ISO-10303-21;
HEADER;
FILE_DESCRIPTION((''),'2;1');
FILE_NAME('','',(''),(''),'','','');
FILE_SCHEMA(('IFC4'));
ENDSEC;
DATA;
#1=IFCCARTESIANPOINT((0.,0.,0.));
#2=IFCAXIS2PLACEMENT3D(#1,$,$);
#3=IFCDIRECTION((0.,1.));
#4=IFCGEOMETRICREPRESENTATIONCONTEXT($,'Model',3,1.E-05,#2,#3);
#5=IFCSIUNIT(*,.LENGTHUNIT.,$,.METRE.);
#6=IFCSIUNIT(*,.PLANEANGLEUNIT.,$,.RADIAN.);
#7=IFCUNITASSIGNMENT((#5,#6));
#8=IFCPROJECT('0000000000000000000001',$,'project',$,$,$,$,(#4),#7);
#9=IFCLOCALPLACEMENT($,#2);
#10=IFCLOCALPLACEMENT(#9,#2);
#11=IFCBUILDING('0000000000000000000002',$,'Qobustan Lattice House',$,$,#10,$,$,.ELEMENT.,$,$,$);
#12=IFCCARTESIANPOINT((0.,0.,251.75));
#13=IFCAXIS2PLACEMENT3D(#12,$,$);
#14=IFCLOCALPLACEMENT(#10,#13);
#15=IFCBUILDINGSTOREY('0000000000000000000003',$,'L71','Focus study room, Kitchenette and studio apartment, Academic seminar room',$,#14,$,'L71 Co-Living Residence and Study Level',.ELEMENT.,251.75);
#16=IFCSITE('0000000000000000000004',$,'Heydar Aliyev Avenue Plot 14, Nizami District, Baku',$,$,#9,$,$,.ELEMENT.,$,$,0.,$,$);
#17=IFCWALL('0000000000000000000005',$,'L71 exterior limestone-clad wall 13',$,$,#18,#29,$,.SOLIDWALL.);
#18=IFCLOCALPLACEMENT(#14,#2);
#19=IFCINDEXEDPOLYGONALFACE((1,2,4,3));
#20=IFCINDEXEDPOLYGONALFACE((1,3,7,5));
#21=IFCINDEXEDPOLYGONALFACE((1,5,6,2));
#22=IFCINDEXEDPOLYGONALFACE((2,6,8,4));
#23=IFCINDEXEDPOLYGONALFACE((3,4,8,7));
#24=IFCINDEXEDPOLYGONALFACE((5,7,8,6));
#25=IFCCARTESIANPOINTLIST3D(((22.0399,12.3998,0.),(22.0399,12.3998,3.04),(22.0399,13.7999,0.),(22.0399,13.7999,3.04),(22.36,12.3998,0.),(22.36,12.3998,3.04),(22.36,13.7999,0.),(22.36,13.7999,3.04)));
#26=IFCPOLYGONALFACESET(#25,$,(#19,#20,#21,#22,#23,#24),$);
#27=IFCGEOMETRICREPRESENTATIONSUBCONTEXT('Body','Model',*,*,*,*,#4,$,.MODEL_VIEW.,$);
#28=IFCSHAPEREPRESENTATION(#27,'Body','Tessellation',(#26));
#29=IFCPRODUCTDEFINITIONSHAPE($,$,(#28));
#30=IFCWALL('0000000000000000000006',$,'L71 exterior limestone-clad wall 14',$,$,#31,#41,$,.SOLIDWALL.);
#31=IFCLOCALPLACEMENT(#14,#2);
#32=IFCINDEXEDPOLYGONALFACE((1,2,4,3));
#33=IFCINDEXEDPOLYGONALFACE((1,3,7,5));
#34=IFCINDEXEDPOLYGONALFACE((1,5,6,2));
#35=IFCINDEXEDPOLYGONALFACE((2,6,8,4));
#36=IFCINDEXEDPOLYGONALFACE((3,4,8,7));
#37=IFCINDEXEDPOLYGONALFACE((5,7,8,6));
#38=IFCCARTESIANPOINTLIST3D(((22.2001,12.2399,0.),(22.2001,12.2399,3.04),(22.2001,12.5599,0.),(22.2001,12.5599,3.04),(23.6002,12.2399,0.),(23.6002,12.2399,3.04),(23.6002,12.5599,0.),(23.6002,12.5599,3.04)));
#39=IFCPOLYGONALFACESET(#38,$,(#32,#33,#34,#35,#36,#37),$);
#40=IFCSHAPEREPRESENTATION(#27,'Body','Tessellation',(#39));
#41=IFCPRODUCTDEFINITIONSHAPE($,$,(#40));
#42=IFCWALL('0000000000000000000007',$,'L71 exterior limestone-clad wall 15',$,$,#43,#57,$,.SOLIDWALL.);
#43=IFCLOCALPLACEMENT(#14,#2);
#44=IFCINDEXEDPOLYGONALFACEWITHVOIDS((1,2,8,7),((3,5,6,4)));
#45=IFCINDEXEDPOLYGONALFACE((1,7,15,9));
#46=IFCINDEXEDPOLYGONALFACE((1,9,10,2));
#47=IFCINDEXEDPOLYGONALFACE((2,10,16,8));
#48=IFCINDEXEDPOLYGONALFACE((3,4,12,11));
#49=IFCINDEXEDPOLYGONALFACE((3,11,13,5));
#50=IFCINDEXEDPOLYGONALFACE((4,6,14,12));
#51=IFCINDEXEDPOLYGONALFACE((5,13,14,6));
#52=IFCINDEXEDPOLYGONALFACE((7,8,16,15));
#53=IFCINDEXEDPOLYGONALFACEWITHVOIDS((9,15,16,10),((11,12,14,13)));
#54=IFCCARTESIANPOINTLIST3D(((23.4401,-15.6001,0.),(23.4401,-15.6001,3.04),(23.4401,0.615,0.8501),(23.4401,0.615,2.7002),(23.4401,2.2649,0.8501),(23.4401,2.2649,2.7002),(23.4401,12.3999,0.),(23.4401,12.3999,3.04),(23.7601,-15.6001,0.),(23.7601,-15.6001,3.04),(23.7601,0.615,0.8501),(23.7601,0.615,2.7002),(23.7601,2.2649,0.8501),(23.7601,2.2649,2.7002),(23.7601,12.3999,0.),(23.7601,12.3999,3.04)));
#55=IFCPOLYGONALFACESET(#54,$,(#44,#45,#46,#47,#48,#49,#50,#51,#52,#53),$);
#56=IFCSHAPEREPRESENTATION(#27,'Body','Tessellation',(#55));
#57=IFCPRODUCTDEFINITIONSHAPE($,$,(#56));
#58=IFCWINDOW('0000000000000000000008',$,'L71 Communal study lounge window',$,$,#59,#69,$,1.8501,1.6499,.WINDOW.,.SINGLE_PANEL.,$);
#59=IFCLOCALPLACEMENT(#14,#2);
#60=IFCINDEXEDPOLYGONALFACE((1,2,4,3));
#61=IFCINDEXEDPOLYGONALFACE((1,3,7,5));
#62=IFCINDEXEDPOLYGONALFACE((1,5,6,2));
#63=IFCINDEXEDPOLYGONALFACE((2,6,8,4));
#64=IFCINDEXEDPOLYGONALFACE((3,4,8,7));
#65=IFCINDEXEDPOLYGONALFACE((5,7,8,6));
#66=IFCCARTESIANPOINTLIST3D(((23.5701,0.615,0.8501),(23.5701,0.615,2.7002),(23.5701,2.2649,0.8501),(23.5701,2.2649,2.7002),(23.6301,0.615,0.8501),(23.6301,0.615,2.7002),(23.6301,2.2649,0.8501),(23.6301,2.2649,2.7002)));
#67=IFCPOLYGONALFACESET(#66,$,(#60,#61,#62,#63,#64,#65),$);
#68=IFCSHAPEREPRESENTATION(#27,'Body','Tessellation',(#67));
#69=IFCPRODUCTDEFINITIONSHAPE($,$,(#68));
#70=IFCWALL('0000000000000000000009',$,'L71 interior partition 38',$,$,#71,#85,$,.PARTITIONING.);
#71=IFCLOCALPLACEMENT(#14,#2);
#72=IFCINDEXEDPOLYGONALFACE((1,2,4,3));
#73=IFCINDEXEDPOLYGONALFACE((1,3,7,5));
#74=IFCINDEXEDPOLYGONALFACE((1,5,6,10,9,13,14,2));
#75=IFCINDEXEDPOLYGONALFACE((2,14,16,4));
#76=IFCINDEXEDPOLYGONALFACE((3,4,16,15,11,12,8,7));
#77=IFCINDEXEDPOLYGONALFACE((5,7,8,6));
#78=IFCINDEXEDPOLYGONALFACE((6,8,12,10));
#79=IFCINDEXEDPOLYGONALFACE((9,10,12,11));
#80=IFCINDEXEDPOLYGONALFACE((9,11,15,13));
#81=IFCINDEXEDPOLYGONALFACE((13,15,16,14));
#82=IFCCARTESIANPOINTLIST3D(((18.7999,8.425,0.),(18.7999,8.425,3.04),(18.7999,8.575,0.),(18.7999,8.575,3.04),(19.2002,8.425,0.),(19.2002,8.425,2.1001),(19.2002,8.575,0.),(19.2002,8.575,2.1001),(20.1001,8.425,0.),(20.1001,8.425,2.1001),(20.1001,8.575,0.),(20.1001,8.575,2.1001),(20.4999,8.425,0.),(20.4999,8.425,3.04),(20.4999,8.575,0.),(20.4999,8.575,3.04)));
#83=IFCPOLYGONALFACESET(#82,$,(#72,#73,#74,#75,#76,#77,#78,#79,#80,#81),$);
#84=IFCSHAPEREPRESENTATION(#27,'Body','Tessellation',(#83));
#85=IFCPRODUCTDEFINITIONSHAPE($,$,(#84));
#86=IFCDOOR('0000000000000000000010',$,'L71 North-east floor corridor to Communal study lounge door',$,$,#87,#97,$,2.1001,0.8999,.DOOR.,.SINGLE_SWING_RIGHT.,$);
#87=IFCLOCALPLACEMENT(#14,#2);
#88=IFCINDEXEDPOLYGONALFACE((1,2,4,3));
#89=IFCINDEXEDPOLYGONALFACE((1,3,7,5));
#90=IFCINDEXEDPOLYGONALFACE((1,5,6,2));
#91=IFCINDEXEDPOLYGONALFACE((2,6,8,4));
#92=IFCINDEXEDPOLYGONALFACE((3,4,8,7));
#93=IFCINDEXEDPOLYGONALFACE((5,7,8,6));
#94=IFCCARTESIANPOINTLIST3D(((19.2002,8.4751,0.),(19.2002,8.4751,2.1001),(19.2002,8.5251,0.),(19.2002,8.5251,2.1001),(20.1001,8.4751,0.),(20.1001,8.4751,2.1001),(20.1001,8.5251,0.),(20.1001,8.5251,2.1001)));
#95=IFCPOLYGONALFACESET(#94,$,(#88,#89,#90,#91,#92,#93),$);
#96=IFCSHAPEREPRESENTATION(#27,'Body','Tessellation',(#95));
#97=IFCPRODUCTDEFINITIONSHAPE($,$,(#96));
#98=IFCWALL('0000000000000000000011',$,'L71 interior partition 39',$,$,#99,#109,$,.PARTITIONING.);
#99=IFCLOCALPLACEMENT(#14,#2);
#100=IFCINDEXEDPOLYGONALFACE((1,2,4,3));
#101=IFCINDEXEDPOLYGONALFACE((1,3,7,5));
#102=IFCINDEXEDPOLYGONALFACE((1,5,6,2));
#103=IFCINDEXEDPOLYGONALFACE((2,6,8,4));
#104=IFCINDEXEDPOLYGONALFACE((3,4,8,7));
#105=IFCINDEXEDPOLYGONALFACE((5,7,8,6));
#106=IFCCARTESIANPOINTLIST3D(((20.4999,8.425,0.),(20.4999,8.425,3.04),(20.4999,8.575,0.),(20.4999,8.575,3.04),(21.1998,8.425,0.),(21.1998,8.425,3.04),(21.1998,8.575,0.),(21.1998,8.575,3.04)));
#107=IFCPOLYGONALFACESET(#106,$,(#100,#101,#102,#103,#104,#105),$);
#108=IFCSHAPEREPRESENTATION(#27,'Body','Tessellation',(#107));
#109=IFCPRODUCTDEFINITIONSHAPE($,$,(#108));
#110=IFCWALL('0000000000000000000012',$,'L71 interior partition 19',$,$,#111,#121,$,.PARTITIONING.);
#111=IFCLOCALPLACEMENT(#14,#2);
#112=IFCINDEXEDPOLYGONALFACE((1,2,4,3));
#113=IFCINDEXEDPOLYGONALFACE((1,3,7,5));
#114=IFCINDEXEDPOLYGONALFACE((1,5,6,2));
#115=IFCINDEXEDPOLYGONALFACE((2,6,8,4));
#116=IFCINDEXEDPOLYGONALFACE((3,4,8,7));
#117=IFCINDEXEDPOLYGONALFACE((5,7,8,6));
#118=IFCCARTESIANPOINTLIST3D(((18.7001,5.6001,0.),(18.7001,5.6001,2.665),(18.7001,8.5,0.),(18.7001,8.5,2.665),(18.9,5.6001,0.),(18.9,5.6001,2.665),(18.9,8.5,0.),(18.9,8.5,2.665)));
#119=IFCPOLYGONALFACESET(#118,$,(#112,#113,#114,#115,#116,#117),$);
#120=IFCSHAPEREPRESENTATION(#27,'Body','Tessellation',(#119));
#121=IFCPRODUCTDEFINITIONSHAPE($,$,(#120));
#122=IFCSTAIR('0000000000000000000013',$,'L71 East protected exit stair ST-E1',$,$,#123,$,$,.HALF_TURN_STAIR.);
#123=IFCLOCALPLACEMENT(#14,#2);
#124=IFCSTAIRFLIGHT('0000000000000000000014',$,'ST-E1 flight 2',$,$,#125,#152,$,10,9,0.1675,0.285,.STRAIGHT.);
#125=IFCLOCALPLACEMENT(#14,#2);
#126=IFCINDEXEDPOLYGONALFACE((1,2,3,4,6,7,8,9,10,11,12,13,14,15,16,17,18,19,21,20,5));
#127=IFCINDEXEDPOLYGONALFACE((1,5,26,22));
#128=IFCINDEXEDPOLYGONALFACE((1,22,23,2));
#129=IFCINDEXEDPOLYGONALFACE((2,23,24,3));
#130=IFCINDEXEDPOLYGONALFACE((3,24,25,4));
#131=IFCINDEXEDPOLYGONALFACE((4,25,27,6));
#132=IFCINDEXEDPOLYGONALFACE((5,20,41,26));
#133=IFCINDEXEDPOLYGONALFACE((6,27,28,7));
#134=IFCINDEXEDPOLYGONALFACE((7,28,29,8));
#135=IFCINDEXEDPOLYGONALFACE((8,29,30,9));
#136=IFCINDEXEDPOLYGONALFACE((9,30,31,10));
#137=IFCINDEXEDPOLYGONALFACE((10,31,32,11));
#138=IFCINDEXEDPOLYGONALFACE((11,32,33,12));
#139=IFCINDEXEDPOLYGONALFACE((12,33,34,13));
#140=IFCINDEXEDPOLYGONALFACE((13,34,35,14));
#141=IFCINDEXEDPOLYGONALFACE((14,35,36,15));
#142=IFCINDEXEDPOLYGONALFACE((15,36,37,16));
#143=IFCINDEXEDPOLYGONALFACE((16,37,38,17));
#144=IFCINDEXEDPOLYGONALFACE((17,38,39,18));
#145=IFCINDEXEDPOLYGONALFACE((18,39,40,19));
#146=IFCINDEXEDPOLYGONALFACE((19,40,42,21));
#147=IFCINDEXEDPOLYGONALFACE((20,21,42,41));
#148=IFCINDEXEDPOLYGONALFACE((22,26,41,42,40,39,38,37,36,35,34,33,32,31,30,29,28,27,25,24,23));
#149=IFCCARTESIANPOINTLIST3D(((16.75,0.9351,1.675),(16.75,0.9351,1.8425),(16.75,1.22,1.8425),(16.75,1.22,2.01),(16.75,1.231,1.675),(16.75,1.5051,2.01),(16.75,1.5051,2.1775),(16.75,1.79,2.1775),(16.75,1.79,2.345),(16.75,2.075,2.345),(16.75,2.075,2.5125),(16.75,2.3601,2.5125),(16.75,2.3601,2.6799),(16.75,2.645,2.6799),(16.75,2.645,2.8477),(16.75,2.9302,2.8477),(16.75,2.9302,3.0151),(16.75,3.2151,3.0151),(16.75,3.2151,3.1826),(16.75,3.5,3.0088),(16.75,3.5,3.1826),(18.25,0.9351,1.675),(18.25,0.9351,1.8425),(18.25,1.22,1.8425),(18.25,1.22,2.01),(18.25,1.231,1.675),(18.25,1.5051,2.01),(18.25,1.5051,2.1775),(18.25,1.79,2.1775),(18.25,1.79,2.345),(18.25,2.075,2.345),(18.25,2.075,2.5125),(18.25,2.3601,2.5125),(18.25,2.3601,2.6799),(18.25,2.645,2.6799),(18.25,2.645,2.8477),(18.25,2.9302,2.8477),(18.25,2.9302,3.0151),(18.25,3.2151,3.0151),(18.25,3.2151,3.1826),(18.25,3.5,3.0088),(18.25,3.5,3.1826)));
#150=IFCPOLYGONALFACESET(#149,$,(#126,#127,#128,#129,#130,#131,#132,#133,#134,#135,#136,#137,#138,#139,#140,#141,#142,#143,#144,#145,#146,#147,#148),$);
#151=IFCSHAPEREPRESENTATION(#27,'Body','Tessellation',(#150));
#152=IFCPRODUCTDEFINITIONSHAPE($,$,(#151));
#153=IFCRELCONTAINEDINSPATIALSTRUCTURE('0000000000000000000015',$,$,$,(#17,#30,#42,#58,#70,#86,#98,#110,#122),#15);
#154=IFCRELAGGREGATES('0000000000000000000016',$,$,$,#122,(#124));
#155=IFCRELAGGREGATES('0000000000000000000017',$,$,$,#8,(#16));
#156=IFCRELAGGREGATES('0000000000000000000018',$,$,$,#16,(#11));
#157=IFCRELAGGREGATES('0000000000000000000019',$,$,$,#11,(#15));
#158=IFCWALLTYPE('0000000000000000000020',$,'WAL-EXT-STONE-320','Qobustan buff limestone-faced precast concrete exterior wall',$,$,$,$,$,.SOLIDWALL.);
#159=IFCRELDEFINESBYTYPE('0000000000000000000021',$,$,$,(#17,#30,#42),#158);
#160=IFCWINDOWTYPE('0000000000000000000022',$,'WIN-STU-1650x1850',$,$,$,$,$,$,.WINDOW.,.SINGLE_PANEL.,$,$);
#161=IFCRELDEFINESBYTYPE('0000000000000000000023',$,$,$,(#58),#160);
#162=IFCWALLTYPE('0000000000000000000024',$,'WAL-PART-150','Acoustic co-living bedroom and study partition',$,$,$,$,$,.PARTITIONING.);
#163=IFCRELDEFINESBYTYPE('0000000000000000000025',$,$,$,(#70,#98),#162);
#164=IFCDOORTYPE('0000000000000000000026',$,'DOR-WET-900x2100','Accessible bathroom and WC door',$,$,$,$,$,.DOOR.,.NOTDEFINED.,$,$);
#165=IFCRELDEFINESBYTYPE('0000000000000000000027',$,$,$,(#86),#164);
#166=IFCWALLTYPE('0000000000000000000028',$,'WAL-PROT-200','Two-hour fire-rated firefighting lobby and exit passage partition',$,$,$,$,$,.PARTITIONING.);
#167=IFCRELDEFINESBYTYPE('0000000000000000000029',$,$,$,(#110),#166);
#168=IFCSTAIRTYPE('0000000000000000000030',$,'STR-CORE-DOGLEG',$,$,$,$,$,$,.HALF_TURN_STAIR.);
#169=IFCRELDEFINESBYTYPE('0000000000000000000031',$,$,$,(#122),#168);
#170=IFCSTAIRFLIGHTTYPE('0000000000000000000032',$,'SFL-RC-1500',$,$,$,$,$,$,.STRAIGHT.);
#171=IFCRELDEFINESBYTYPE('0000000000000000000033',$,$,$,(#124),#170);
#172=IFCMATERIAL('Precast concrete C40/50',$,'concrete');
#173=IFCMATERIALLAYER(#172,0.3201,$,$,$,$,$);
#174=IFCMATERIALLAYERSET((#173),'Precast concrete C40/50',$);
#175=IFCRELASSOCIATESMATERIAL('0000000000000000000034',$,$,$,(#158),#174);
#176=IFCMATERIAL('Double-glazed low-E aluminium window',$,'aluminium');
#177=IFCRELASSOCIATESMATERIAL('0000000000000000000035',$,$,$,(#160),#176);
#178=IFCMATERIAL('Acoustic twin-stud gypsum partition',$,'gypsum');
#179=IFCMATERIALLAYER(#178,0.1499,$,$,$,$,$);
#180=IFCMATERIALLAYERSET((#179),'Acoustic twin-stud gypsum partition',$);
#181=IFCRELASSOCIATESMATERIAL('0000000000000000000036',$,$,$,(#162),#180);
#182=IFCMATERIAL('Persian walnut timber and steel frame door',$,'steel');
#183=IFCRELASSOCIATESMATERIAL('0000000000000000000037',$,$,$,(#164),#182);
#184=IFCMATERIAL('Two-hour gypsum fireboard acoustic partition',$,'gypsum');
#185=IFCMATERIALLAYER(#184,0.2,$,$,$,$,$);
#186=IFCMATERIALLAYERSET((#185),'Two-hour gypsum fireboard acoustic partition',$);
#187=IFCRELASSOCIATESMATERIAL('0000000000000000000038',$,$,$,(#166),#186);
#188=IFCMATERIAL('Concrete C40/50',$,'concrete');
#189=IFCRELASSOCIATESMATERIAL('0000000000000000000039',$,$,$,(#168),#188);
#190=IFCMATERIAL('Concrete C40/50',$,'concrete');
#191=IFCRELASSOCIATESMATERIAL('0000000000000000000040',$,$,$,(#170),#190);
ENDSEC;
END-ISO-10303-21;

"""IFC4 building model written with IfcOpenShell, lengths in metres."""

from ifc_helpers import new_model, si_unit, direction, frame, frame_2d, origin, place, context, subcontext, project, spatial, polyline, rectangle, outline, extrude, material, layer, layer_set, type_object, element, fill, aggregate, save


model = new_model("IFC4")

# Units and contexts
model_context = context("Model", 3, precision=1e-05, world=origin(), true_north=direction((0.0, 1.0)))
body_context = subcontext(model_context, "Body", "Model", "MODEL_VIEW")
ifc_project = project(units=[si_unit("LENGTHUNIT", "METRE"), si_unit("PLANEANGLEUNIT", "RADIAN")], contexts=[model_context])

# Site, building, storey
site_placement = place(None, origin())
site = spatial("IfcSite", under=ifc_project, at=site_placement, Name="Heydar Aliyev Avenue Plot 14, Nizami District, Baku", CompositionType="ELEMENT", RefElevation=0.0)
building_placement = place(site_placement, origin())
building = spatial("IfcBuilding", under=site, at=building_placement, Name="Qobustan Lattice House", CompositionType="ELEMENT")
storey_placement = place(building_placement, frame((0.0, 0.0, 251.75)))
storey = spatial("IfcBuildingStorey", under=building, at=storey_placement, Name="L71", Description="Focus study room, Kitchenette and studio apartment, Academic seminar room", LongName="L71 Co-Living Residence and Study Level", CompositionType="ELEMENT", Elevation=251.75)

# Walls
ifc_material_1 = material(Name="Precast concrete C40/50", Category="concrete")
ifc_layer_1 = layer(ifc_material_1, 0.3201)
ifc_layer_set_1 = layer_set([ifc_layer_1], Name="Precast concrete C40/50")
wall_type_1 = type_object("IfcWallType", Name="WAL-EXT-STONE-320", Description="Qobustan buff limestone-faced precast concrete exterior wall", PredefinedType="SOLIDWALL", material=ifc_layer_set_1)
for number, where, z_axis, x_axis, name in (
    (1, (22.2, 13.8, 0.0), (0.0, 0.0, 1.0), (0.0, -1.0, 0.0), "L71 exterior limestone-clad wall 13"),
    (2, (22.2, 12.3999, 0.0), (0.0, 0.0, 1.0), (1.0, 0.0, 0.0), "L71 exterior limestone-clad wall 14"),
):
    element("IfcWall", number, at=place(storey_placement, frame(where, z_axis=z_axis, x_axis=x_axis)), inside=storey, type_object=wall_type_1, Name=name, PredefinedType="SOLIDWALL", context=body_context, shape_type="SweptSolid", body=[
        extrude(rectangle(XDim=1.4001, YDim=0.3201, at=frame_2d((0.7002, 0.0))), origin(), (0.0, 0.0, 1.0), 3.04),
    ])

# Wall, opening, window
wall_1_placement = place(storey_placement, frame((23.6001, 12.3999, 0.0), z_axis=(0.0, 0.0, 1.0), x_axis=(0.0, -1.0, 0.0)))
wall_1 = element("IfcWall", 3, at=wall_1_placement, inside=storey, type_object=wall_type_1, Name="L71 exterior limestone-clad wall 15", PredefinedType="SOLIDWALL", context=body_context, shape_type="SweptSolid", body=[
    extrude(rectangle(XDim=28.0, YDim=0.3201, at=frame_2d((14.0, 0.0))), origin(), (0.0, 0.0, 1.0), 3.04),
])
opening_1_placement = place(wall_1_placement, frame((10.135, 0.0, 0.8501)))
opening_1 = element("IfcOpeningElement", 4, at=opening_1_placement, cuts=wall_1, PredefinedType="OPENING", context=body_context, shape_type="SweptSolid", body=[
    extrude(rectangle(XDim=1.6499, YDim=1.8501, at=frame_2d((0.825, 0.925))), frame((0.0, 0.1699, 0.0), z_axis=(0.0, -1.0, 0.0), x_axis=(1.0, 0.0, 0.0)), (0.0, 0.0, 1.0), 0.3401),
])
ifc_material_2 = material(Name="Double-glazed low-E aluminium window", Category="aluminium")
window_type = type_object("IfcWindowType", Name="WIN-STU-1650x1850", PartitioningType="SINGLE_PANEL", PredefinedType="WINDOW", material=ifc_material_2)
window_placement = place(opening_1_placement, origin())
window = element("IfcWindow", 5, at=window_placement, inside=storey, type_object=window_type, Name="L71 Communal study lounge window", OverallHeight=1.8501, OverallWidth=1.6499, PartitioningType="SINGLE_PANEL", PredefinedType="WINDOW", context=body_context, shape_type="SweptSolid", body=[
    extrude(rectangle(XDim=1.6499, YDim=1.8501, at=frame_2d((0.825, 0.925))), frame((0.0, 0.03, 0.0), z_axis=(0.0, -1.0, 0.0), x_axis=(1.0, 0.0, 0.0)), (0.0, 0.0, 1.0), 0.0601),
])
fill(opening_1, window)

# Wall, opening, door
ifc_material_3 = material(Name="Acoustic twin-stud gypsum partition", Category="gypsum")
ifc_layer_2 = layer(ifc_material_3, 0.1499)
ifc_layer_set_2 = layer_set([ifc_layer_2], Name="Acoustic twin-stud gypsum partition")
wall_type_2 = type_object("IfcWallType", Name="WAL-PART-150", Description="Acoustic co-living bedroom and study partition", PredefinedType="PARTITIONING", material=ifc_layer_set_2)
wall_2_placement = place(storey_placement, frame((20.5, 8.5, 0.0), z_axis=(0.0, 0.0, 1.0), x_axis=(-1.0, 0.0, 0.0)))
wall_2 = element("IfcWall", 6, at=wall_2_placement, inside=storey, type_object=wall_type_2, Name="L71 interior partition 38", PredefinedType="PARTITIONING", context=body_context, shape_type="SweptSolid", body=[
    extrude(rectangle(XDim=1.7, YDim=0.1499, at=frame_2d((0.8501, 0.0))), origin(), (0.0, 0.0, 1.0), 3.04),
])
opening_2_placement = place(wall_2_placement, frame((0.3999, 0.0, 0.0)))
opening_2 = element("IfcOpeningElement", 7, at=opening_2_placement, cuts=wall_2, PredefinedType="OPENING", context=body_context, shape_type="SweptSolid", body=[
    extrude(rectangle(XDim=0.8999, YDim=2.1001, at=frame_2d((0.45, 1.05))), frame((0.0, 0.085, 0.0), z_axis=(0.0, -1.0, 0.0), x_axis=(1.0, 0.0, 0.0)), (0.0, 0.0, 1.0), 0.1699),
])
ifc_material_4 = material(Name="Persian walnut timber and steel frame door", Category="steel")
door_type_1 = type_object("IfcDoorType", Name="DOR-WET-900x2100", Description="Accessible bathroom and WC door", OperationType="NOTDEFINED", PredefinedType="DOOR", material=ifc_material_4)
door_1_placement = place(opening_2_placement, origin())
door_1 = element("IfcDoor", 8, at=door_1_placement, inside=storey, type_object=door_type_1, Name="L71 North-east floor corridor to Communal study lounge door", OperationType="SINGLE_SWING_RIGHT", OverallHeight=2.1001, OverallWidth=0.8999, PredefinedType="DOOR", context=body_context, shape_type="SweptSolid", body=[
    extrude(rectangle(XDim=0.8999, YDim=2.1001, at=frame_2d((0.45, 1.05))), frame((0.0, 0.0249, 0.0), z_axis=(0.0, -1.0, 0.0), x_axis=(1.0, 0.0, 0.0)), (0.0, 0.0, 1.0), 0.05),
])
fill(opening_2, door_1)

# Wall
wall_3_placement = place(storey_placement, frame((21.2, 8.5, 0.0), z_axis=(0.0, 0.0, 1.0), x_axis=(-1.0, 0.0, 0.0)))
element("IfcWall", 9, at=wall_3_placement, inside=storey, type_object=wall_type_2, Name="L71 interior partition 39", PredefinedType="PARTITIONING", context=body_context, shape_type="SweptSolid", body=[
    extrude(rectangle(XDim=0.7, YDim=0.1499, at=frame_2d((0.3501, 0.0))), origin(), (0.0, 0.0, 1.0), 3.04),
])

# Shared definitions
ifc_material_5 = material(Name="Two-hour gypsum fireboard acoustic partition", Category="gypsum")
ifc_layer_3 = layer(ifc_material_5, 0.2)
ifc_layer_set_3 = layer_set([ifc_layer_3], Name="Two-hour gypsum fireboard acoustic partition")
wall_type_3 = type_object("IfcWallType", Name="WAL-PROT-200", Description="Two-hour fire-rated firefighting lobby and exit passage partition", PredefinedType="PARTITIONING", material=ifc_layer_set_3)

# Wall
wall_4_placement = place(storey_placement, frame((18.8, 5.6001, 0.0), z_axis=(0.0, 0.0, 1.0), x_axis=(0.0, 1.0, 0.0)))
element("IfcWall", 10, at=wall_4_placement, inside=storey, type_object=wall_type_3, Name="L71 interior partition 19", PredefinedType="PARTITIONING", context=body_context, shape_type="SweptSolid", body=[
    extrude(rectangle(XDim=2.8999, YDim=0.2, at=frame_2d((1.45, 0.0))), origin(), (0.0, 0.0, 1.0), 2.665),
])

# Stair, stair flight
ifc_material_6 = material(Name="Concrete C40/50", Category="concrete")
stair_type = type_object("IfcStairType", Name="STR-CORE-DOGLEG", PredefinedType="HALF_TURN_STAIR", material=ifc_material_6)
stair_placement = place(storey_placement, origin())
stair = element("IfcStair", 11, at=stair_placement, inside=storey, type_object=stair_type, Name="L71 East protected exit stair ST-E1", PredefinedType="HALF_TURN_STAIR")
ifc_material_7 = material(Name="Concrete C40/50", Category="concrete")
stair_flight_type = type_object("IfcStairFlightType", Name="SFL-RC-1500", PredefinedType="STRAIGHT", material=ifc_material_7)
stair_flight_placement = place(storey_placement, frame((17.5, 0.9351, 1.675), z_axis=(0.0, 0.0, 1.0), x_axis=(0.0, 1.0, 0.0)))
stair_flight = element("IfcStairFlight", 12, at=stair_flight_placement, type_object=stair_flight_type, Name="ST-E1 flight 2", NumberOfRisers=10, NumberOfTreads=9, PredefinedType="STRAIGHT", RiserHeight=0.1675, TreadLength=0.285, context=body_context, shape_type="SweptSolid", body=[
    extrude(outline(polyline([(0.0, 0.0), (0.0, 0.1675), (0.2849, 0.1675), (0.2849, 0.335), (0.5701, 0.335), (0.5701, 0.5024), (0.855, 0.5024), (0.855, 0.6699), (1.1399, 0.6699), (1.1399, 0.8374), (1.425, 0.8374), (1.425, 1.0049), (1.71, 1.0049), (1.71, 1.1726), (1.9951, 1.1726), (1.9951, 1.3401), (2.28, 1.3401), (2.28, 1.5076), (2.5649, 1.5076), (2.5649, 1.675), (2.5649, 1.3337), (0.2959, 0.0), (0.0, 0.0)])), frame((0.0, 0.75, 0.0), z_axis=(0.0, -1.0, 0.0), x_axis=(1.0, 0.0, 0.0)), (0.0, 0.0, 1.0), 1.5),
])
aggregate(stair, [stair_flight])

save(model, "model.ifc")
